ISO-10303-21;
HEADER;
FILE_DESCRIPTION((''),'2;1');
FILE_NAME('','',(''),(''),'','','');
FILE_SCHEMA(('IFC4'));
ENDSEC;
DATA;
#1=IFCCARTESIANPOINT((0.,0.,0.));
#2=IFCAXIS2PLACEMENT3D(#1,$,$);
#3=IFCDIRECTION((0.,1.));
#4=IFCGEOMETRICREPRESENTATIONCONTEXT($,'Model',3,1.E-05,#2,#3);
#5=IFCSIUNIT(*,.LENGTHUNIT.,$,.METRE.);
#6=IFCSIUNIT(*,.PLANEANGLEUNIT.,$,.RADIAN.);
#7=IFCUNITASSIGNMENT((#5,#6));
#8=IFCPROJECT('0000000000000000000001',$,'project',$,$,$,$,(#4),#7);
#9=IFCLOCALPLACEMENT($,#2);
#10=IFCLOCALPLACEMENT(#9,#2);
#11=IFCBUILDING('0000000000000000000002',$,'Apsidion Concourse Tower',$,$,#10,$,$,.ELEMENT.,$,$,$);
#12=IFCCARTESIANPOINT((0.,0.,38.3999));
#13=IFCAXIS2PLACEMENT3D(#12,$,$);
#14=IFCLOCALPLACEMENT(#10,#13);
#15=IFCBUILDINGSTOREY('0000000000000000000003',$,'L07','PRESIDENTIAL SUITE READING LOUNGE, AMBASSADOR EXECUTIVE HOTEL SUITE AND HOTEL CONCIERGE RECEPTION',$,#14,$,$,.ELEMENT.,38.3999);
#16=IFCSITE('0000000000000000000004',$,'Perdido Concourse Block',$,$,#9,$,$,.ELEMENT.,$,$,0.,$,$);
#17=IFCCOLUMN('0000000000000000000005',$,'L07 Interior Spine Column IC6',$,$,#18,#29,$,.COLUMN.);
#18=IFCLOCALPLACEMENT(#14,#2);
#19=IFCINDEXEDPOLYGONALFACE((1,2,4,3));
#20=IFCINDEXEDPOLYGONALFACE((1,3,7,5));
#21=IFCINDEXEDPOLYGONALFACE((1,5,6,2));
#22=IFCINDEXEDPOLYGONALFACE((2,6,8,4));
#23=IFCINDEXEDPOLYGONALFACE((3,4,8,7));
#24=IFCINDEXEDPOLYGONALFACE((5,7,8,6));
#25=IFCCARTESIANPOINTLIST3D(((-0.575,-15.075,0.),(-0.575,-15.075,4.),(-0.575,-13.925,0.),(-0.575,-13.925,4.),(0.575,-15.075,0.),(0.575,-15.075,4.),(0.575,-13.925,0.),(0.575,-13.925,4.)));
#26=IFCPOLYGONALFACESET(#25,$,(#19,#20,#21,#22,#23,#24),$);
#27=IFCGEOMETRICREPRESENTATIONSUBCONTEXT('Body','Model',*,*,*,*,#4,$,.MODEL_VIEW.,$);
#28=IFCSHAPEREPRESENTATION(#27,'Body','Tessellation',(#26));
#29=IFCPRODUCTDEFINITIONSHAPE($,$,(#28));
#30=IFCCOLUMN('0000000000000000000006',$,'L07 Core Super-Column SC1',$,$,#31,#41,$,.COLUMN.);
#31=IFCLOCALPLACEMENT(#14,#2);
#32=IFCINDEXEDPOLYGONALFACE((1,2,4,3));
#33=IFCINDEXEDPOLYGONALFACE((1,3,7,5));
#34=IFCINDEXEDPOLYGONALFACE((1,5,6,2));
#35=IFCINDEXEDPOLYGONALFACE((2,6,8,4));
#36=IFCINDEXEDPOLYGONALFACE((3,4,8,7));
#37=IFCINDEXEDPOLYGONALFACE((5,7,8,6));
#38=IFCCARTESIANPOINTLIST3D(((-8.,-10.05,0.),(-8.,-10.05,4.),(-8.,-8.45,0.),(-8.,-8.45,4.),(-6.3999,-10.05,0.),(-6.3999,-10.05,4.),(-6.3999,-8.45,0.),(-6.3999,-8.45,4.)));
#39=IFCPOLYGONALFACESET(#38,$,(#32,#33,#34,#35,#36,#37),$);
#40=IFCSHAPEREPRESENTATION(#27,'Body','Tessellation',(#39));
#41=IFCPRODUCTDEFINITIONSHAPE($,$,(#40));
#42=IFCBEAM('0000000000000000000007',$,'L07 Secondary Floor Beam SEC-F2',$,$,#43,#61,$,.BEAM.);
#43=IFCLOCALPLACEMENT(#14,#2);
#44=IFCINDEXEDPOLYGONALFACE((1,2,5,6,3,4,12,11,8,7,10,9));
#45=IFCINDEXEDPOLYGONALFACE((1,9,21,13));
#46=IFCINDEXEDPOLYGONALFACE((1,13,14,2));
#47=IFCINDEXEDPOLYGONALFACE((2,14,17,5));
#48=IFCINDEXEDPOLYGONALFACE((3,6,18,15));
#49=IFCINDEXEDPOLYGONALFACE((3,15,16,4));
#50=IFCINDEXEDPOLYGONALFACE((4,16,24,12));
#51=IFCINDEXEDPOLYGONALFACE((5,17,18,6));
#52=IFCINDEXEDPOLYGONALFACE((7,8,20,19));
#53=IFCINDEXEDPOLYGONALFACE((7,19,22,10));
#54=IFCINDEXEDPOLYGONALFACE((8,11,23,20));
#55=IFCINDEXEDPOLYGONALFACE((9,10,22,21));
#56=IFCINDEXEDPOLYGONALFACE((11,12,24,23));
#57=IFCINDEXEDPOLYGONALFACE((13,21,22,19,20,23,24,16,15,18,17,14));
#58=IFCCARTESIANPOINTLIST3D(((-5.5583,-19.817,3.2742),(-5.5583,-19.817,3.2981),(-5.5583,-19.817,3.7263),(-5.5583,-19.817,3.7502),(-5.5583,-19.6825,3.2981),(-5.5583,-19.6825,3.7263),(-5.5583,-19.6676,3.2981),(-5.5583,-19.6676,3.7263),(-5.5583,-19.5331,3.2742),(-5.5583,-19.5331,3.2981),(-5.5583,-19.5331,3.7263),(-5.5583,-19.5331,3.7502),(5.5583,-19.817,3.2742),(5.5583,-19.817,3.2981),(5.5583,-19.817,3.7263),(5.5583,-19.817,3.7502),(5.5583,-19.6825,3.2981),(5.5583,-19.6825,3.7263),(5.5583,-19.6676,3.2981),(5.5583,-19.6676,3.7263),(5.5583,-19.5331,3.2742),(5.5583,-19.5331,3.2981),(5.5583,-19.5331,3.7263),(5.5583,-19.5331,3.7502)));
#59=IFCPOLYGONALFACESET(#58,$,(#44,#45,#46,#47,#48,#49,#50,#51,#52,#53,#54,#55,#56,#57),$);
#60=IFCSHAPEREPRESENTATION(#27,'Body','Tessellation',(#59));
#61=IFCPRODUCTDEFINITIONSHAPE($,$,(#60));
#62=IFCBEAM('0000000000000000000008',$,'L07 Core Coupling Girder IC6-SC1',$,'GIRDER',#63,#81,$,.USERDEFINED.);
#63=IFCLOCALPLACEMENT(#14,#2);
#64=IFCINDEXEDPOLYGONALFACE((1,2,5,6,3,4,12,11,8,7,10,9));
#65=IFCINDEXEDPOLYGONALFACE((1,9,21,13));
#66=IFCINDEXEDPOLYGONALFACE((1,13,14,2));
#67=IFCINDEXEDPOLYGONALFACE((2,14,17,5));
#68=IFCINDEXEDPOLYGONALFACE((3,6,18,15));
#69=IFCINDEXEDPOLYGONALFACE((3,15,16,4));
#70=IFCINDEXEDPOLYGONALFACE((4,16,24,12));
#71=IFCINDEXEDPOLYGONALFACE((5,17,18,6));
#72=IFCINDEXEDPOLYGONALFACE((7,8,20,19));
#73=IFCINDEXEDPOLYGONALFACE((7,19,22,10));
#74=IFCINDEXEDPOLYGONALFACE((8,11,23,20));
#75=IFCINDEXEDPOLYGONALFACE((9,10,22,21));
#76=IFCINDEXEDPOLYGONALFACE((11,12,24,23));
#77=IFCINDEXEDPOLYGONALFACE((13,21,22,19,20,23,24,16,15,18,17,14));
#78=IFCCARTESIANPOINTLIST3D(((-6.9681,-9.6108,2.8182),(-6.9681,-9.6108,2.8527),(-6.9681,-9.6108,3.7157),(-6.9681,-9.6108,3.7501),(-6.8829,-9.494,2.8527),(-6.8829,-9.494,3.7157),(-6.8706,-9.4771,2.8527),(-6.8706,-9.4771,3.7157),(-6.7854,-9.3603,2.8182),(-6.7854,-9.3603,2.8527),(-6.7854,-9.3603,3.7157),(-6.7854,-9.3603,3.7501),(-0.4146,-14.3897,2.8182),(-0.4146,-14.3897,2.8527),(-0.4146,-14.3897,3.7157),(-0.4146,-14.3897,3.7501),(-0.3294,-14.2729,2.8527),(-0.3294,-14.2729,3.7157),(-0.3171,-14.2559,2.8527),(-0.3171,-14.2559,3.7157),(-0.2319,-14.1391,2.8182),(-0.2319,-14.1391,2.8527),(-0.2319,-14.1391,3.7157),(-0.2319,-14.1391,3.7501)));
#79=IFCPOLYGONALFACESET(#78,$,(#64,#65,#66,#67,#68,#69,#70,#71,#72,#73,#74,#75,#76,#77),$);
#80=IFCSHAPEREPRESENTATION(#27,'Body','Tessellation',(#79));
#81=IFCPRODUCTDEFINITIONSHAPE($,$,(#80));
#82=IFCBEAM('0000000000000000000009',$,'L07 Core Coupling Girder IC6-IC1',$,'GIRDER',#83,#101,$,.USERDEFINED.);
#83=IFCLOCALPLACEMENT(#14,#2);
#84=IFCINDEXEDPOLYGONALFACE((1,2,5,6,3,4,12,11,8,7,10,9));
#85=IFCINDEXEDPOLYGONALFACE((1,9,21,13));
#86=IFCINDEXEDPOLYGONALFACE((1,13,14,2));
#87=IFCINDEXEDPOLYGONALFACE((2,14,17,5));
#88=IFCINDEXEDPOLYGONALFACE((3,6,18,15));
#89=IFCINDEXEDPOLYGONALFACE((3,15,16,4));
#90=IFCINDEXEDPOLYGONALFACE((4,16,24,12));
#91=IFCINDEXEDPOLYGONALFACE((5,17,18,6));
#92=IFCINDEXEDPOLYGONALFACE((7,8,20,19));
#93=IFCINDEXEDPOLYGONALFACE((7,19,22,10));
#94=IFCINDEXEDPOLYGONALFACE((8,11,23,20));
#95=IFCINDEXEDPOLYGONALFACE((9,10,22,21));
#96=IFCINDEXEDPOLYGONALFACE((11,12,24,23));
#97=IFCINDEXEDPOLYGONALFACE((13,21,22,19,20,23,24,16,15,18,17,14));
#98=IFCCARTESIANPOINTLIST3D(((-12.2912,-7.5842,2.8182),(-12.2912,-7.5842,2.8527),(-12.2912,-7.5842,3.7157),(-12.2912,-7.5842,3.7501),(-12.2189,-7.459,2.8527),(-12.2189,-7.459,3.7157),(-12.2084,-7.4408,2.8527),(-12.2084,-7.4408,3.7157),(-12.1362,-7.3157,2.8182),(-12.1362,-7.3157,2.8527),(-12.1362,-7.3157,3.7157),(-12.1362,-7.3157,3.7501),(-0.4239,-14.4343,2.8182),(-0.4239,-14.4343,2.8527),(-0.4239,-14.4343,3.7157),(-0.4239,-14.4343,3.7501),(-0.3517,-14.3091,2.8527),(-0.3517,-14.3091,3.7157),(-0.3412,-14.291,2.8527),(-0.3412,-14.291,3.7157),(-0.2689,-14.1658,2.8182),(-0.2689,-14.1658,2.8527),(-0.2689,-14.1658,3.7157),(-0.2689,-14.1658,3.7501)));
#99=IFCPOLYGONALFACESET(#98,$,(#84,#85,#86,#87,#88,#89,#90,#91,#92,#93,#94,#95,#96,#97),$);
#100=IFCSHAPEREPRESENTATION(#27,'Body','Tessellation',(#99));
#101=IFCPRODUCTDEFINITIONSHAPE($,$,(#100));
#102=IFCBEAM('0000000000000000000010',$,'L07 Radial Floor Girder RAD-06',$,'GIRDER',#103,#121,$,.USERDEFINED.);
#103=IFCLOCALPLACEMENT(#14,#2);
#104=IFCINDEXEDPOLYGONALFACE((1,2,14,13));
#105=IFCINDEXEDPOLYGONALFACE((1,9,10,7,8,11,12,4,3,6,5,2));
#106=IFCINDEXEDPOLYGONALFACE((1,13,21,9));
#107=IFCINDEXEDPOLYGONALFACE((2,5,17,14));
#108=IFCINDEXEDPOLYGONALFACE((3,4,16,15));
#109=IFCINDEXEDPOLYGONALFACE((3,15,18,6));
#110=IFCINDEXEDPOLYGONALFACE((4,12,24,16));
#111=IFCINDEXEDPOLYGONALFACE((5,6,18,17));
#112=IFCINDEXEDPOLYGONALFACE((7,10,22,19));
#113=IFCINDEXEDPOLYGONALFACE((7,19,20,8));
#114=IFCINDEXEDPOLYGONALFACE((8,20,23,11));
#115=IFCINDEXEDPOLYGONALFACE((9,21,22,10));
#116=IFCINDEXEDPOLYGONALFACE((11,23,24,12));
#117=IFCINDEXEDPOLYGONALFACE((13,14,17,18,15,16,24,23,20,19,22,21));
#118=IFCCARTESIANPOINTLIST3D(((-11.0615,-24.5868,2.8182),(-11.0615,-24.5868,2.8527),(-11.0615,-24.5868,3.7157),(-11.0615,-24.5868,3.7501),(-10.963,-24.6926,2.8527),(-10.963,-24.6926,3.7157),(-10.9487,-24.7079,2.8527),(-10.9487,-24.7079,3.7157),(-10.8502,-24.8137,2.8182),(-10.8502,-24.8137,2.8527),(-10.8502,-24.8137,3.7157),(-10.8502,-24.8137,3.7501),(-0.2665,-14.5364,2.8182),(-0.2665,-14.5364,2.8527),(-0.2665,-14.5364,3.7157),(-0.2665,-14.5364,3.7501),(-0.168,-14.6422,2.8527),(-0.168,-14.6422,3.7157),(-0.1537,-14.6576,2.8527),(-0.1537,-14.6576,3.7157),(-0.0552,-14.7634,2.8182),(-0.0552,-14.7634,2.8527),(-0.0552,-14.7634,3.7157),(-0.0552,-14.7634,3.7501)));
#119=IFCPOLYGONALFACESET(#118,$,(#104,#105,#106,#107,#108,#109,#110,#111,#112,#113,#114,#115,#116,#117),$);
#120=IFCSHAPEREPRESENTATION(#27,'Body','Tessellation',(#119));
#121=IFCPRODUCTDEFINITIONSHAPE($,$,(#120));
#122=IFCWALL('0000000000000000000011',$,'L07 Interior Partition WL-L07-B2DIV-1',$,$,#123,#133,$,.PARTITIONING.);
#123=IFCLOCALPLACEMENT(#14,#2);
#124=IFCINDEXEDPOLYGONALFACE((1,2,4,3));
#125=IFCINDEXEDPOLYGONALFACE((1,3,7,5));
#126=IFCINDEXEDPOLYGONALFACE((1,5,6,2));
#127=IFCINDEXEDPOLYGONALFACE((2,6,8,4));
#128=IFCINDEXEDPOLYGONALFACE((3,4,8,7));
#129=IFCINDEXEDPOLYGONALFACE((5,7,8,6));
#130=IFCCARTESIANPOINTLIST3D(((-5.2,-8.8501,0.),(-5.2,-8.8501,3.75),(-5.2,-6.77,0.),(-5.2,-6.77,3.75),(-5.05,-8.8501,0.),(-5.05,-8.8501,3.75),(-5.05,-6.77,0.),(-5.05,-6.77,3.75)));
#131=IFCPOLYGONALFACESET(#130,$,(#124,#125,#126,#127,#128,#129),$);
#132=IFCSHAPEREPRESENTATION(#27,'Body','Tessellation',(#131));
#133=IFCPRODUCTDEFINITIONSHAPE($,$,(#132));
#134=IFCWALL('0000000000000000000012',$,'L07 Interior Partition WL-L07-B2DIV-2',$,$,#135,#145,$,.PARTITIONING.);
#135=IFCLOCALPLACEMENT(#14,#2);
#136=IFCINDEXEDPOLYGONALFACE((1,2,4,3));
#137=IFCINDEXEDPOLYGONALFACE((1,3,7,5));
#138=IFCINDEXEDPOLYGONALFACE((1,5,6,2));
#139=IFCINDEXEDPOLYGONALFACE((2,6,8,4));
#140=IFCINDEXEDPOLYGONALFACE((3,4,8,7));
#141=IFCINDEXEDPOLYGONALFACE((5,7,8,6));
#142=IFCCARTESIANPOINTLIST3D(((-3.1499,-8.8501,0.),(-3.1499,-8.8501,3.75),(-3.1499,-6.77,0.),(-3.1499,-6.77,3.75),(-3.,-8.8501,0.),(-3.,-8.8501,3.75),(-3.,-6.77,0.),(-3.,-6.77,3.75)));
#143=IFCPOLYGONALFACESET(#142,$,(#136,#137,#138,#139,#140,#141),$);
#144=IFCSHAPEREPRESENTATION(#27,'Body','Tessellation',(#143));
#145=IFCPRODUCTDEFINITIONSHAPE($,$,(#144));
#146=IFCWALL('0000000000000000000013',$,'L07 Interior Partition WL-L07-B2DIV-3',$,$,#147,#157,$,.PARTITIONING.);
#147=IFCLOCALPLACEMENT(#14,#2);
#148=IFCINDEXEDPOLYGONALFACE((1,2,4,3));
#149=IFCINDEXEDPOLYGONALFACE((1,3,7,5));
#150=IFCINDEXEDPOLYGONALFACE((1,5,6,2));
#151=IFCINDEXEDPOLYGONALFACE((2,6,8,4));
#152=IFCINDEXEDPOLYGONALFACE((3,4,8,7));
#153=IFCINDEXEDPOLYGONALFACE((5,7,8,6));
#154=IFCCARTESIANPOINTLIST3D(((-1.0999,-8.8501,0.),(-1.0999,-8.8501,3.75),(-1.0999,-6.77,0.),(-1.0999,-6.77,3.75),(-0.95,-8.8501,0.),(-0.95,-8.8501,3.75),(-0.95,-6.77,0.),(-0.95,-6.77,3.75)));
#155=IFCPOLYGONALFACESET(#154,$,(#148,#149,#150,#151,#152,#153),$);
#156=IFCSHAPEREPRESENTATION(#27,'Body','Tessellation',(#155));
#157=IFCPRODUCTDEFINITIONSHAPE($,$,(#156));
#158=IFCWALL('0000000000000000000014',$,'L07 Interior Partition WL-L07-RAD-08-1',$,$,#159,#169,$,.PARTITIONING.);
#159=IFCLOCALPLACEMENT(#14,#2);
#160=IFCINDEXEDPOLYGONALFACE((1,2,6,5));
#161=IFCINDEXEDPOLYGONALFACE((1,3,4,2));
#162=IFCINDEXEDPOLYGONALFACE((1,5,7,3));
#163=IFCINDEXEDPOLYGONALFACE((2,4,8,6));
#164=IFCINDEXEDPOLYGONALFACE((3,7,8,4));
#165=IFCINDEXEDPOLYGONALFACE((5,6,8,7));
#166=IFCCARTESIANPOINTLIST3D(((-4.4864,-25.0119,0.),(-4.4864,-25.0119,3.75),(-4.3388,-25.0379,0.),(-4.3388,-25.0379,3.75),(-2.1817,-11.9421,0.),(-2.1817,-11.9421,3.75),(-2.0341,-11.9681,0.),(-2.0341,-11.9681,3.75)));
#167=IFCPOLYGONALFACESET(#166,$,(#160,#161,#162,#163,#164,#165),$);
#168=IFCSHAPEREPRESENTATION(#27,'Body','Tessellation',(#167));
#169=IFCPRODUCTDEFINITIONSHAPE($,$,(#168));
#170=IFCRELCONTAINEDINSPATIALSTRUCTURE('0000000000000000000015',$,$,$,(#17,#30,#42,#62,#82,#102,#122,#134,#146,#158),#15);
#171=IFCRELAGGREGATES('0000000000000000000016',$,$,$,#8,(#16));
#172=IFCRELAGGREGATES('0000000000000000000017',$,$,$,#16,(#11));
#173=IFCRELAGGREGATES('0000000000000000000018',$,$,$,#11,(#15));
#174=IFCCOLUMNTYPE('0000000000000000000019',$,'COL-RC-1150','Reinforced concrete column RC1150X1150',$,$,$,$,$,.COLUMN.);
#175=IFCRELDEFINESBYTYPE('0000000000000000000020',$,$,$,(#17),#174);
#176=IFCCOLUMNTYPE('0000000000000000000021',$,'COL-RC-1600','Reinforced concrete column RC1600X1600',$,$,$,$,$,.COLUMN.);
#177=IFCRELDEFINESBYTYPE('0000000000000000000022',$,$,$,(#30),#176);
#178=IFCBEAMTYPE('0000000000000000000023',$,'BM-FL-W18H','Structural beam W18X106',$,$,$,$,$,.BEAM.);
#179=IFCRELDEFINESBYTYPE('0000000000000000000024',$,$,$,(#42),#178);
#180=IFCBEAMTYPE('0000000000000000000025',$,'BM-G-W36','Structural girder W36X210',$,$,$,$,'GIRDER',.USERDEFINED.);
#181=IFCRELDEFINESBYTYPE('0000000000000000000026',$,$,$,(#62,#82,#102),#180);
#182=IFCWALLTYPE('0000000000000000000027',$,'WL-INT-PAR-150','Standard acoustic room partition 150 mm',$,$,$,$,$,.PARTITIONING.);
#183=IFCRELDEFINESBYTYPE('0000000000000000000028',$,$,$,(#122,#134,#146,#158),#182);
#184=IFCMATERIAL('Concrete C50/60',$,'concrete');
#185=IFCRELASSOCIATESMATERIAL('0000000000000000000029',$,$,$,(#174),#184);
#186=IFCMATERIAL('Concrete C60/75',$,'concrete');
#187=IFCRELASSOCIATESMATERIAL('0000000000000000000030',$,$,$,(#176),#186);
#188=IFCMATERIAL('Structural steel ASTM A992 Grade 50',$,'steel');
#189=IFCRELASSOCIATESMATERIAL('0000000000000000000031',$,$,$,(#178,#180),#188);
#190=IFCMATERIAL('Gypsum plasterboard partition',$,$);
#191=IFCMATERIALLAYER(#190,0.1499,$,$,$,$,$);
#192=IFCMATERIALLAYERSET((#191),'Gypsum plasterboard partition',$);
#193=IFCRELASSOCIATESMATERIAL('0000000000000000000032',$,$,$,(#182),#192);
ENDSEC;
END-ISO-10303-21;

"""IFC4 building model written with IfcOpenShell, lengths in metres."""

from ifc_helpers import new_model, si_unit, direction, frame, frame_2d, origin, origin_2d, place, context, subcontext, project, spatial, rectangle, i_section, extrude, material, layer, layer_set, material_profile, profile_set, type_object, element, save


model = new_model("IFC4")

# Units and contexts
model_context = context("Model", 3, precision=1e-05, world=origin(), true_north=direction((0.0, 1.0)))
body_context = subcontext(model_context, "Body", "Model", "MODEL_VIEW")
ifc_project = project(units=[si_unit("LENGTHUNIT", "METRE"), si_unit("PLANEANGLEUNIT", "RADIAN")], contexts=[model_context])

# Site, building, storey
site_placement = place(None, origin())
site = spatial("IfcSite", under=ifc_project, at=site_placement, Name="Perdido Concourse Block", CompositionType="ELEMENT", RefElevation=0.0)
building_placement = place(site_placement, origin())
building = spatial("IfcBuilding", under=site, at=building_placement, Name="Apsidion Concourse Tower", CompositionType="ELEMENT")
storey_placement = place(building_placement, frame((0.0, 0.0, 38.3999)))
storey = spatial("IfcBuildingStorey", under=building, at=storey_placement, Name="L07", Description="PRESIDENTIAL SUITE READING LOUNGE, AMBASSADOR EXECUTIVE HOTEL SUITE AND HOTEL CONCIERGE RECEPTION", CompositionType="ELEMENT", Elevation=38.3999)

# Columns
ifc_material_1 = material(Name="Concrete C50/60", Category="concrete")
ifc_material_profile_1 = material_profile(ifc_material_1, rectangle(XDim=1.1499, YDim=1.1499, at=origin_2d()), Name="RC 1150x1150")
ifc_profile_set_1 = profile_set([ifc_material_profile_1], Name="Concrete C50/60")
column_type_1 = type_object("IfcColumnType", Name="COL-RC-1150", Description="Reinforced concrete column RC1150X1150", PredefinedType="COLUMN", material=ifc_profile_set_1)
column_1_placement = place(storey_placement, frame((0.0, -14.5, 0.0), z_axis=(0.0, 0.0, 1.0), x_axis=(1.0, 0.0, 0.0)))
element("IfcColumn", 1, at=column_1_placement, inside=storey, type_object=column_type_1, Name="L07 Interior Spine Column IC6", PredefinedType="COLUMN", context=body_context, shape_type="SweptSolid", body=[
    extrude(rectangle(XDim=1.1499, YDim=1.1499, at=origin_2d()), origin(), (0.0, 0.0, 1.0), 4.0),
])
ifc_material_2 = material(Name="Concrete C60/75", Category="concrete")
ifc_material_profile_2 = material_profile(ifc_material_2, rectangle(XDim=1.6001, YDim=1.6001, at=origin_2d()), Name="RC 1600x1600")
ifc_profile_set_2 = profile_set([ifc_material_profile_2], Name="Concrete C60/75")
column_type_2 = type_object("IfcColumnType", Name="COL-RC-1600", Description="Reinforced concrete column RC1600X1600", PredefinedType="COLUMN", material=ifc_profile_set_2)
column_2_placement = place(storey_placement, frame((-7.2, -9.25, 0.0), z_axis=(0.0, 0.0, 1.0), x_axis=(1.0, 0.0, 0.0)))
element("IfcColumn", 2, at=column_2_placement, inside=storey, type_object=column_type_2, Name="L07 Core Super-Column SC1", PredefinedType="COLUMN", context=body_context, shape_type="SweptSolid", body=[
    extrude(rectangle(XDim=1.6001, YDim=1.6001, at=origin_2d()), origin(), (0.0, 0.0, 1.0), 4.0),
])

# Beams
ifc_material_3 = material(Name="Structural steel ASTM A992 Grade 50", Category="steel")
ifc_material_profile_3 = material_profile(ifc_material_3, i_section(OverallWidth=0.2839, OverallDepth=0.4761, WebThickness=0.0149, FlangeThickness=0.0239, at=origin_2d()), Name="W18X106")
ifc_profile_set_3 = profile_set([ifc_material_profile_3], Name="Structural steel ASTM A992 Grade 50")
beam_type_1 = type_object("IfcBeamType", Name="BM-FL-W18H", Description="Structural beam W18X106", PredefinedType="BEAM", material=ifc_profile_set_3)
beam_1_placement = place(storey_placement, frame((-5.5583, -19.675, 3.5122), z_axis=(1.0, 0.0, 0.0), x_axis=(0.0, 1.0, 0.0)))
element("IfcBeam", 3, at=beam_1_placement, inside=storey, type_object=beam_type_1, Name="L07 Secondary Floor Beam SEC-F2", PredefinedType="BEAM", context=body_context, shape_type="SweptSolid", body=[
    extrude(i_section(OverallWidth=0.2839, OverallDepth=0.4761, WebThickness=0.0149, FlangeThickness=0.0239, at=origin_2d()), origin(), (0.0, 0.0, 1.0), 11.1167),
])
ifc_material_profile_4 = material_profile(ifc_material_3, i_section(OverallWidth=0.3101, OverallDepth=0.9319, WebThickness=0.021, FlangeThickness=0.0344, at=origin_2d()), Name="W36X210")
ifc_profile_set_4 = profile_set([ifc_material_profile_4], Name="Structural steel ASTM A992 Grade 50")
beam_type_2 = type_object("IfcBeamType", Name="BM-G-W36", Description="Structural girder W36X210", ElementType="GIRDER", PredefinedType="USERDEFINED", material=ifc_profile_set_4)
beam_2_placement = place(storey_placement, frame((-0.3232, -14.2644, 3.2842), z_axis=(-0.807993, 0.589191, 0.0), x_axis=(-0.589191, -0.807993, 0.0)))
element("IfcBeam", 4, at=beam_2_placement, inside=storey, type_object=beam_type_2, Name="L07 Core Coupling Girder IC6-SC1", ObjectType="GIRDER", PredefinedType="USERDEFINED", context=body_context, shape_type="SweptSolid", body=[
    extrude(i_section(OverallWidth=0.3101, OverallDepth=0.9319, WebThickness=0.021, FlangeThickness=0.0344, at=origin_2d()), origin(), (0.0, 0.0, 1.0), 8.1108),
])
beam_3_placement = place(storey_placement, frame((-0.3464, -14.3, 3.2842), z_axis=(-0.86607, 0.499922, 0.0), x_axis=(-0.499922, -0.86607, 0.0)))
element("IfcBeam", 5, at=beam_3_placement, inside=storey, type_object=beam_type_2, Name="L07 Core Coupling Girder IC6-IC1", ObjectType="GIRDER", PredefinedType="USERDEFINED", context=body_context, shape_type="SweptSolid", body=[
    extrude(i_section(OverallWidth=0.3101, OverallDepth=0.9319, WebThickness=0.021, FlangeThickness=0.0344, at=origin_2d()), origin(), (0.0, 0.0, 1.0), 13.7024),
])
beam_4_placement = place(storey_placement, frame((-0.1609, -14.6499, 3.2842), z_axis=(-0.731899, -0.681413, 0.0), x_axis=(0.681413, -0.731899, 0.0)))
element("IfcBeam", 6, at=beam_4_placement, inside=storey, type_object=beam_type_2, Name="L07 Radial Floor Girder RAD-06", ObjectType="GIRDER", PredefinedType="USERDEFINED", context=body_context, shape_type="SweptSolid", body=[
    extrude(i_section(OverallWidth=0.3101, OverallDepth=0.9319, WebThickness=0.021, FlangeThickness=0.0344, at=origin_2d()), origin(), (0.0, 0.0, 1.0), 14.7493),
])

# Walls
ifc_material_4 = material(Name="Gypsum plasterboard partition")
ifc_layer_1 = layer(ifc_material_4, 0.1499)
ifc_layer_set_1 = layer_set([ifc_layer_1], Name="Gypsum plasterboard partition")
wall_type_1 = type_object("IfcWallType", Name="WL-INT-PAR-150", Description="Standard acoustic room partition 150 mm", PredefinedType="PARTITIONING", material=ifc_layer_set_1)
for number, where, z_axis, x_axis, name in (
    (7, (-5.125, -8.8501, 0.0), (0.0, 0.0, 1.0), (0.0, 1.0, 0.0), "L07 Interior Partition WL-L07-B2DIV-1"),
    (8, (-3.075, -8.8501, 0.0), (0.0, 0.0, 1.0), (0.0, 1.0, 0.0), "L07 Interior Partition WL-L07-B2DIV-2"),
    (9, (-1.0249, -8.8501, 0.0), (0.0, 0.0, 1.0), (0.0, 1.0, 0.0), "L07 Interior Partition WL-L07-B2DIV-3"),
):
    element("IfcWall", number, at=place(storey_placement, frame(where, z_axis=z_axis, x_axis=x_axis)), inside=storey, type_object=wall_type_1, Name=name, PredefinedType="PARTITIONING", context=body_context, shape_type="SweptSolid", body=[
        extrude(rectangle(XDim=2.0801, YDim=0.1499, at=frame_2d((1.04, 0.0))), origin(), (0.0, 0.0, 1.0), 3.75),
    ])
wall_1_placement = place(storey_placement, frame((-2.1079, -11.9551, 0.0), z_axis=(0.0, 0.0, 1.0), x_axis=(-0.173657, -0.984806, 0.0)))
element("IfcWall", 10, at=wall_1_placement, inside=storey, type_object=wall_type_1, Name="L07 Interior Partition WL-L07-RAD-08-1", PredefinedType="PARTITIONING", context=body_context, shape_type="SweptSolid", body=[
    extrude(rectangle(XDim=13.2715, YDim=0.1499, at=frame_2d((6.6357, 0.0))), origin(), (0.0, 0.0, 1.0), 3.75),
])

save(model, "model.ifc")
